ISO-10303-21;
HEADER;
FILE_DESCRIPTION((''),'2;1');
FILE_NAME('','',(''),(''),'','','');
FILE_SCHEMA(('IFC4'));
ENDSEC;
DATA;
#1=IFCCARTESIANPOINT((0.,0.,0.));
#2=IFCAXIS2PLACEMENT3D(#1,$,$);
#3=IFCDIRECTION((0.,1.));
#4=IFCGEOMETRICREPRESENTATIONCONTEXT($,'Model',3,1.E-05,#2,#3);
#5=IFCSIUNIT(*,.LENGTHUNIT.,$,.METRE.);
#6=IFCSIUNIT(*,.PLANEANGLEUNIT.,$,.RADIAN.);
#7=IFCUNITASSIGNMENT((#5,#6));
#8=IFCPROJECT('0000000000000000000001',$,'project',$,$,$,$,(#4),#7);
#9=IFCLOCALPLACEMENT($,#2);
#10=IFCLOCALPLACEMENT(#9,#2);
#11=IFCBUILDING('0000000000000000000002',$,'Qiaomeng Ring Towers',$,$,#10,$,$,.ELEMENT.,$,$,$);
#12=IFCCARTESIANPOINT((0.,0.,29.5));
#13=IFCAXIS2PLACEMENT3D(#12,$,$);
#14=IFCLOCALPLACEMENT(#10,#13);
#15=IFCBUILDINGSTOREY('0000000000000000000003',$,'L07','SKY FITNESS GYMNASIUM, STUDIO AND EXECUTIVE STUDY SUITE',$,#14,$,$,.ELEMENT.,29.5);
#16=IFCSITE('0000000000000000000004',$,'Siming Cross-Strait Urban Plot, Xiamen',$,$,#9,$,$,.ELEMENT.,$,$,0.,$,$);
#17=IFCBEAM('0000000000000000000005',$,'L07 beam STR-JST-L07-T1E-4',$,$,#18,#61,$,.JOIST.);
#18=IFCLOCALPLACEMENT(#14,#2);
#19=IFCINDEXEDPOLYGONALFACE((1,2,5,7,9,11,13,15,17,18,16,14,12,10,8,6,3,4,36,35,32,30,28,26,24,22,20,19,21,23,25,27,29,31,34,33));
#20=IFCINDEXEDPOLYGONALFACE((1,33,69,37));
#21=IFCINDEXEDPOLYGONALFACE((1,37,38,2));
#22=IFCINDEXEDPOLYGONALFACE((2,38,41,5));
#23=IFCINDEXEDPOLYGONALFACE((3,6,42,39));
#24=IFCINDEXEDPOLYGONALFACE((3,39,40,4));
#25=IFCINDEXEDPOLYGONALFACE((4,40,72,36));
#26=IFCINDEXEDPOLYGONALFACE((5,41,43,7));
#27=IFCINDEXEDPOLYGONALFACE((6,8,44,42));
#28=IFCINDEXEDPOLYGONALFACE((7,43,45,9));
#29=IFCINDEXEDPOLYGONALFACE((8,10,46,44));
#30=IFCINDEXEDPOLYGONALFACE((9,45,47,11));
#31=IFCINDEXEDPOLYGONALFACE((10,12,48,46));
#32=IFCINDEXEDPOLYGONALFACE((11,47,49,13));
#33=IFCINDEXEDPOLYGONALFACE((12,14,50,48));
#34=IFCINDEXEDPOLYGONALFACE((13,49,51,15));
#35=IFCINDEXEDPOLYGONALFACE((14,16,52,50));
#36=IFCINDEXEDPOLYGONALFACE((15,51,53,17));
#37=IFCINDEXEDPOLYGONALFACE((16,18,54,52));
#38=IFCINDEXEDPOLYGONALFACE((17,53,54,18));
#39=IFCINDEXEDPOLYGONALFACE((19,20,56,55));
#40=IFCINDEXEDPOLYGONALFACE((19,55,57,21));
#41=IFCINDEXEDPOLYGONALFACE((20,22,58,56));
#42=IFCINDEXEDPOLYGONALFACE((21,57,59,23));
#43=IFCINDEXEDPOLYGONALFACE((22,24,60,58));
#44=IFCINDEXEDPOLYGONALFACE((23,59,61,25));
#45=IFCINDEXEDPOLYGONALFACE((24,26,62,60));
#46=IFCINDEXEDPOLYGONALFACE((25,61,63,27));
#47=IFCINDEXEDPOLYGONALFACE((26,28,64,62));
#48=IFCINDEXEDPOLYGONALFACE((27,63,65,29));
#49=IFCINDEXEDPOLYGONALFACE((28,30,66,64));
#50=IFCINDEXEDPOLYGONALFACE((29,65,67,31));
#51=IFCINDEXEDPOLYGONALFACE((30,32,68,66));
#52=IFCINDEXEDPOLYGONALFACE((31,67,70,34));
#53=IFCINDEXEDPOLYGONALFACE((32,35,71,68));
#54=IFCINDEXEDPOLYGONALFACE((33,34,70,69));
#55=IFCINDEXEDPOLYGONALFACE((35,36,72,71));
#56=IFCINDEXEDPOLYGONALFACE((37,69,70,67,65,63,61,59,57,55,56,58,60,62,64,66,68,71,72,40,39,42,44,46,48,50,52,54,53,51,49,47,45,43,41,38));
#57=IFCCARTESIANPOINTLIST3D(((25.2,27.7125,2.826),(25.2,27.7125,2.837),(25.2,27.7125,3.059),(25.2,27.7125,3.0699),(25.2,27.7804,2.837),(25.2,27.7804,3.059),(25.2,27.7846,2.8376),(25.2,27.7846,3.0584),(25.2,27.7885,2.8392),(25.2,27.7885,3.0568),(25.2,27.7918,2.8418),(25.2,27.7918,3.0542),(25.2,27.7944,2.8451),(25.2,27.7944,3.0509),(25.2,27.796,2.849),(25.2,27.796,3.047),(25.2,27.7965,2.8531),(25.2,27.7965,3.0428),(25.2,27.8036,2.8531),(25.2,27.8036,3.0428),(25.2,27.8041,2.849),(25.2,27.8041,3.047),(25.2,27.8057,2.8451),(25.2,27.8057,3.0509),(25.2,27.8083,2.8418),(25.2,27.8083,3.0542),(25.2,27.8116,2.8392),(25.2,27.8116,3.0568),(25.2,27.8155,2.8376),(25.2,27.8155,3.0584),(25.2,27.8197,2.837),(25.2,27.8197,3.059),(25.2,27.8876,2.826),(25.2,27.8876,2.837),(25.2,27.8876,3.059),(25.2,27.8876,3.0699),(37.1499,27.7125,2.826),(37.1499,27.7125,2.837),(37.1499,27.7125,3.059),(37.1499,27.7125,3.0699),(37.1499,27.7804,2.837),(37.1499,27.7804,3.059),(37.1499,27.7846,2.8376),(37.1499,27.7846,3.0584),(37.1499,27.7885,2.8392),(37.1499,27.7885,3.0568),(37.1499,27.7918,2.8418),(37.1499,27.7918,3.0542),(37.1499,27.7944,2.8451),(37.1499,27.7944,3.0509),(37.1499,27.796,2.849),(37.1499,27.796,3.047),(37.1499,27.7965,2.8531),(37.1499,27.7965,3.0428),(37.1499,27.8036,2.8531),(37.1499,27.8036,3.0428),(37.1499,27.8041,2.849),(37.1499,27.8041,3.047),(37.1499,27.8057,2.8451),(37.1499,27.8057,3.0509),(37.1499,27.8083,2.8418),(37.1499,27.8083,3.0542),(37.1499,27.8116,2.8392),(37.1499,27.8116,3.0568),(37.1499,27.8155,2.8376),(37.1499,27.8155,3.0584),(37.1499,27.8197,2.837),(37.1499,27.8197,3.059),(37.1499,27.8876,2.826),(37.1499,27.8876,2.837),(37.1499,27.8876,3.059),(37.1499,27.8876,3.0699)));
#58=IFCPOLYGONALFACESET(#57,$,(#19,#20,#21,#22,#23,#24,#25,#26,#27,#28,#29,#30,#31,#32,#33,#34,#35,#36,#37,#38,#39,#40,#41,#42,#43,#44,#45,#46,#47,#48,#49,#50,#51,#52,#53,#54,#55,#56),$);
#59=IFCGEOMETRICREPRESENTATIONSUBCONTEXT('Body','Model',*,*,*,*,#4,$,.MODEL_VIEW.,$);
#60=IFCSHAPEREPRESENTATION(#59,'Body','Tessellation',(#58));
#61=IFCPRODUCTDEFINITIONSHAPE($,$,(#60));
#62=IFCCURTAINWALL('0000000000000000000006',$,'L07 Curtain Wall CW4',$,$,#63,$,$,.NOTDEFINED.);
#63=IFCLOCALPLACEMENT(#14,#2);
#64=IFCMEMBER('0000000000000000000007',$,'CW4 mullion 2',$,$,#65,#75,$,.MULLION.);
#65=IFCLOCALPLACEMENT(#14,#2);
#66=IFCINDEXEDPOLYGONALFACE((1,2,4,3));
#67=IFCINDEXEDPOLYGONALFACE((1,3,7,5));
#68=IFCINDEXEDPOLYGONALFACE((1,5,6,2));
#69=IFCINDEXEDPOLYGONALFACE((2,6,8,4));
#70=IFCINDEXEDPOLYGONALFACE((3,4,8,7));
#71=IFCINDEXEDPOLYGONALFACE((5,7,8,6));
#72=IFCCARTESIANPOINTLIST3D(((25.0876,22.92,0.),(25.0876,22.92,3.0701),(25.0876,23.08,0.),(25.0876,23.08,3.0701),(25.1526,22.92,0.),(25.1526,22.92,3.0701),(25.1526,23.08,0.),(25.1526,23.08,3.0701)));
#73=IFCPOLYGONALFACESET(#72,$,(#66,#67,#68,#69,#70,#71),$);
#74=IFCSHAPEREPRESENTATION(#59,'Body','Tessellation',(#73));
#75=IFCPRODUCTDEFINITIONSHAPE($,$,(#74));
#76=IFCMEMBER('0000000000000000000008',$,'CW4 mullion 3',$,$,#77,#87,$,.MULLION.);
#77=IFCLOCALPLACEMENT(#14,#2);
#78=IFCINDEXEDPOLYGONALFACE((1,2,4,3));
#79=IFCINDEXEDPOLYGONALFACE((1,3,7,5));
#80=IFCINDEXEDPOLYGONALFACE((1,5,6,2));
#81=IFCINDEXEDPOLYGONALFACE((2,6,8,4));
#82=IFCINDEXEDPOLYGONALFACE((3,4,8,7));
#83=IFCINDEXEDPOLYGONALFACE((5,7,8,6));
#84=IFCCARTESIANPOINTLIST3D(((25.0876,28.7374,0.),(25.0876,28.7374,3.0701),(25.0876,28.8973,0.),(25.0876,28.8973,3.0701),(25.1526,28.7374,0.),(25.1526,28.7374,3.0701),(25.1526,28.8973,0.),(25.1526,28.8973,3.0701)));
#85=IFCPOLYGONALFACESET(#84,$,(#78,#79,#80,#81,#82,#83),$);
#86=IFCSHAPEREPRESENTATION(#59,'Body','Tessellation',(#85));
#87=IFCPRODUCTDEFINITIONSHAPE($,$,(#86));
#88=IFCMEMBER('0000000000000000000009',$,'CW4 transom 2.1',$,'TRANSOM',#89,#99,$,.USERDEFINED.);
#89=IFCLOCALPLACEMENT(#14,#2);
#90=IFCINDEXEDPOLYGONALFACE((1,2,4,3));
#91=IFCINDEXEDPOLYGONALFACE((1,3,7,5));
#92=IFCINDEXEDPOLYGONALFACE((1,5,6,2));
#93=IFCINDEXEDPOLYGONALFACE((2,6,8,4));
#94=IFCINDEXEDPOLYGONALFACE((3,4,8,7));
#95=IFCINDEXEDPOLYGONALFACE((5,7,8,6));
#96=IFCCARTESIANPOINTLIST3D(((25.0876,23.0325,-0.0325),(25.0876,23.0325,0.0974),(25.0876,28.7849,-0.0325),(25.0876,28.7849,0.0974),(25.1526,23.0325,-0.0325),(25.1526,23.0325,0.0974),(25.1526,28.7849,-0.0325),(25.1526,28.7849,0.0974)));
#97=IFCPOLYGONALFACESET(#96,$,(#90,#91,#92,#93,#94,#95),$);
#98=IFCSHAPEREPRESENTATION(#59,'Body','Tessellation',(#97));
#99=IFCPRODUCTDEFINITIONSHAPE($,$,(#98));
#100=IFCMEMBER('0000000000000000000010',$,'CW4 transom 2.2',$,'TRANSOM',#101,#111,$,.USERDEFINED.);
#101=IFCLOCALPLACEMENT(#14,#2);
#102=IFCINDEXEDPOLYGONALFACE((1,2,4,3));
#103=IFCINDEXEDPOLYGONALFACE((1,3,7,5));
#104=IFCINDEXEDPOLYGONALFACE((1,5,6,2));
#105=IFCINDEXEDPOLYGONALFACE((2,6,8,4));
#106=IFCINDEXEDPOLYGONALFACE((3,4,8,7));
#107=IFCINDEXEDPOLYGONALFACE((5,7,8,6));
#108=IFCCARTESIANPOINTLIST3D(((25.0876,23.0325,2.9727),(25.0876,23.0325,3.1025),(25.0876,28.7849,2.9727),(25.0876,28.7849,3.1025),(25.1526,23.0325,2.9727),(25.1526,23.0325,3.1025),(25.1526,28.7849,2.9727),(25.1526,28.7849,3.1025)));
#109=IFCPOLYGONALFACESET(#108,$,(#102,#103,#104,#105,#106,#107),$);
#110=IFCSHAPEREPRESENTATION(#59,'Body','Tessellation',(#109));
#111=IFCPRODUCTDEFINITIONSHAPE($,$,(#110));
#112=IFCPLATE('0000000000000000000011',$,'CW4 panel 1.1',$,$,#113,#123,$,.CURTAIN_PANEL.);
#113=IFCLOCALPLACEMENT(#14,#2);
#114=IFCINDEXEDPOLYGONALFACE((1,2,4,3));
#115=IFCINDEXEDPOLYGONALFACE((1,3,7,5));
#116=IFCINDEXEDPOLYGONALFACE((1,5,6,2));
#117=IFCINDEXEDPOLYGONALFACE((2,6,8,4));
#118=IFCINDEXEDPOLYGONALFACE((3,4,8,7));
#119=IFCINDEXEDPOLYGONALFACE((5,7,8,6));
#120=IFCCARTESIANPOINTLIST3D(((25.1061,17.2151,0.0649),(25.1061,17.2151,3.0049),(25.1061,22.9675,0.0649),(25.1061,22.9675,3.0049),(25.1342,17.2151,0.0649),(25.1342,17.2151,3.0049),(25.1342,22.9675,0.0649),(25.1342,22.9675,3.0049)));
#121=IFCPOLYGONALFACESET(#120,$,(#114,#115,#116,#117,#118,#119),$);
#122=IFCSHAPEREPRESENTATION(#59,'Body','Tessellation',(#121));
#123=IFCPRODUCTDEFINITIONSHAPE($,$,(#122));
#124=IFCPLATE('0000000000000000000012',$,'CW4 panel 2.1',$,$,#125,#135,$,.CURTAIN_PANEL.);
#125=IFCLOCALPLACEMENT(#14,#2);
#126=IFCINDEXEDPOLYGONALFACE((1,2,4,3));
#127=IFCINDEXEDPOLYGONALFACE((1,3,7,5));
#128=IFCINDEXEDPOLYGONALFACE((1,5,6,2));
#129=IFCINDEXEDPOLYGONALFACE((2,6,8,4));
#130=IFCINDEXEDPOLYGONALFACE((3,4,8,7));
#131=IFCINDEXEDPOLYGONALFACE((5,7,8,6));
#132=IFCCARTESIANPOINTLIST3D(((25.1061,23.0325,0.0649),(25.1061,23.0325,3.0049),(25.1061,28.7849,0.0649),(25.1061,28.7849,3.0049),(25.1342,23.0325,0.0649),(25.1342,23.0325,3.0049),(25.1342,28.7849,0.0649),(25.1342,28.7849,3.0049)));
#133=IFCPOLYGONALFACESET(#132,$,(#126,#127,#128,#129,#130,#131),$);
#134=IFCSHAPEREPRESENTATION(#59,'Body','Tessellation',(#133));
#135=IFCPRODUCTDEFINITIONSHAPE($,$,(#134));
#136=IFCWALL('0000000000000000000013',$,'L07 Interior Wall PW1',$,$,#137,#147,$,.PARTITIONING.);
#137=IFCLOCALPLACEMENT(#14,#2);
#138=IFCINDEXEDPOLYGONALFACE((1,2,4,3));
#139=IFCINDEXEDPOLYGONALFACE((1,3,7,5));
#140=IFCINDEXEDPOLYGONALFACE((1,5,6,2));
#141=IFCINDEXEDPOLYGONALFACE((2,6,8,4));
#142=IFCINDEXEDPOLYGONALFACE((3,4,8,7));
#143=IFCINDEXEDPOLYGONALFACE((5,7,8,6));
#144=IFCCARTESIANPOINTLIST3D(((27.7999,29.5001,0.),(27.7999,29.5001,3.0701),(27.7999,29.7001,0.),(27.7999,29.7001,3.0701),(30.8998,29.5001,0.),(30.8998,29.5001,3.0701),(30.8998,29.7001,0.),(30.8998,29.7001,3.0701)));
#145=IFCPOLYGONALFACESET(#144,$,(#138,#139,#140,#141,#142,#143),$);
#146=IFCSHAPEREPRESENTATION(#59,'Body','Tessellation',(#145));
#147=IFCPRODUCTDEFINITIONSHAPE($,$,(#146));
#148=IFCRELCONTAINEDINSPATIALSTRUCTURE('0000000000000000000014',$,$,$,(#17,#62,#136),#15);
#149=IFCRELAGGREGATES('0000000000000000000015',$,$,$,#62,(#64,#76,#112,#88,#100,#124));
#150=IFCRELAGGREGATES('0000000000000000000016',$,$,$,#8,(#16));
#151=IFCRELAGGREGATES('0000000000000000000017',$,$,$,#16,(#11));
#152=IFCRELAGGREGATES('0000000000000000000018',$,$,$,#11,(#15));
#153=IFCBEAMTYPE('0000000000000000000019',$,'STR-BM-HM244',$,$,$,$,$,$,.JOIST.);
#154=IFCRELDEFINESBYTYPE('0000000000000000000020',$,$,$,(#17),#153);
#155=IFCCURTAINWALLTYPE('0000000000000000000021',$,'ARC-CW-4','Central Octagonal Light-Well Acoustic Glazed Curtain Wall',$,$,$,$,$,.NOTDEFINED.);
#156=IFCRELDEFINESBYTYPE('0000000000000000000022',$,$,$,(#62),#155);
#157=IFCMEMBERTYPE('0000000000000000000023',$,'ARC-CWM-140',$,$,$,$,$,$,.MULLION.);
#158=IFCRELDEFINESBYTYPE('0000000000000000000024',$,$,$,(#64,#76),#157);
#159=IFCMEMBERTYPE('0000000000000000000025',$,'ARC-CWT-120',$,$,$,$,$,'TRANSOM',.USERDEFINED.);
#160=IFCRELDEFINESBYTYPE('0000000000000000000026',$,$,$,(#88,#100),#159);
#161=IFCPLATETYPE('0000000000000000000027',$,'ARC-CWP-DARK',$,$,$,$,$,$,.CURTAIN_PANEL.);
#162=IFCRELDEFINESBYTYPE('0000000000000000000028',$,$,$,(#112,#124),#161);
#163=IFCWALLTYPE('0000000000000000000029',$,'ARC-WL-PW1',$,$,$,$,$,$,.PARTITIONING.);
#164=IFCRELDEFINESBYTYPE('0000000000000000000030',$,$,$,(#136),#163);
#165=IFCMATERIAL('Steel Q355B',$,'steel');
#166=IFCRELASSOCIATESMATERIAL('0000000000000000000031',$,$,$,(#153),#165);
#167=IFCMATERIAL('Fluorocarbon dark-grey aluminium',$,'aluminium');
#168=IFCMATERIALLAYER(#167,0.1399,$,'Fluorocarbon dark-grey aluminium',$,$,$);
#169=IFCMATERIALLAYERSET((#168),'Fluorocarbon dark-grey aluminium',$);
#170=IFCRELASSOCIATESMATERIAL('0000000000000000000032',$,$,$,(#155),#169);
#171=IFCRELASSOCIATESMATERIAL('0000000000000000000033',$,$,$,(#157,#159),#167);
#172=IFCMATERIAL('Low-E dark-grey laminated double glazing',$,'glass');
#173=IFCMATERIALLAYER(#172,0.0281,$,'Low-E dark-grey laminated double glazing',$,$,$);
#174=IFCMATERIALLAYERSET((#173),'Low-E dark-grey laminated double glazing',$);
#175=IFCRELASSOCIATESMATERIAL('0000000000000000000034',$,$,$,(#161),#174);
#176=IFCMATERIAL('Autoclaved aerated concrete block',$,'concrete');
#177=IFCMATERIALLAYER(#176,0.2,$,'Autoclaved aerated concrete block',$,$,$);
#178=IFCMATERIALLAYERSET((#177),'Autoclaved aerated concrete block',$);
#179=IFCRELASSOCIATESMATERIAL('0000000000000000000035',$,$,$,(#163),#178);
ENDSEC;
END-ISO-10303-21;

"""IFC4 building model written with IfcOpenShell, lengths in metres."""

from ifc_helpers import new_model, si_unit, direction, frame, frame_2d, origin, origin_2d, place, context, subcontext, project, spatial, rectangle, i_section, extrude, source, transform, mapped, material, layer, layer_set, material_profile, profile_set, type_object, element, aggregate, save


model = new_model("IFC4")

# Units and contexts
model_context = context("Model", 3, precision=1e-05, world=origin(), true_north=direction((0.0, 1.0)))
body_context = subcontext(model_context, "Body", "Model", "MODEL_VIEW")
ifc_project = project(units=[si_unit("LENGTHUNIT", "METRE"), si_unit("PLANEANGLEUNIT", "RADIAN")], contexts=[model_context])

# Site, building, storey
site_placement = place(None, origin())
site = spatial("IfcSite", under=ifc_project, at=site_placement, Name="Siming Cross-Strait Urban Plot, Xiamen", CompositionType="ELEMENT", RefElevation=0.0)
building_placement = place(site_placement, origin())
building = spatial("IfcBuilding", under=site, at=building_placement, Name="Qiaomeng Ring Towers", CompositionType="ELEMENT")
storey_placement = place(building_placement, frame((0.0, 0.0, 29.5)))
storey = spatial("IfcBuildingStorey", under=building, at=storey_placement, Name="L07", Description="SKY FITNESS GYMNASIUM, STUDIO AND EXECUTIVE STUDY SUITE", CompositionType="ELEMENT", Elevation=29.5)

# Beam
ifc_material_1 = material(Name="Steel Q355B", Category="steel")
ifc_material_profile_1 = material_profile(ifc_material_1, i_section(OverallWidth=0.175, OverallDepth=0.2439, WebThickness=0.0071, FlangeThickness=0.011, FilletRadius=0.0161, at=origin_2d()), Name="HM 244x175x7x11")
ifc_profile_set_1 = profile_set([ifc_material_profile_1], Name="Steel Q355B")
beam_type_1 = type_object("IfcBeamType", Name="STR-BM-HM244", PredefinedType="JOIST", material=ifc_profile_set_1)
shared_shape_1 = source(origin(), body_context, "Body", "SweptSolid", [
    extrude(i_section(OverallWidth=0.175, OverallDepth=0.2439, WebThickness=0.0071, FlangeThickness=0.011, FilletRadius=0.0161, at=origin_2d()), origin(), (0.0, 0.0, 1.0), 11.95),
])
for number, where, z_axis, x_axis, name in (
    (1, (25.2, 27.8, 2.948), (1.0, 0.0, 0.0), (0.0, 1.0, 0.0), "L07 beam STR-JST-L07-T1E-4"),
):
    element("IfcBeam", number, at=place(storey_placement, frame(where, z_axis=z_axis, x_axis=x_axis)), inside=storey, type_object=beam_type_1, Name=name, PredefinedType="JOIST", context=body_context, shape_type="MappedRepresentation", body=[
        mapped(shared_shape_1, transform((0.0, 0.0, 0.0), x_axis=(1.0, 0.0, 0.0), y_axis=(0.0, 1.0, 0.0), z_axis=(0.0, 0.0, 1.0), scale=1.0)),
    ])

# Curtain wall, members, plates
ifc_material_2 = material(Name="Fluorocarbon dark-grey aluminium", Category="aluminium")
ifc_layer_1 = layer(ifc_material_2, 0.1399, Name="Fluorocarbon dark-grey aluminium")
ifc_layer_set_1 = layer_set([ifc_layer_1], Name="Fluorocarbon dark-grey aluminium")
curtain_wall_type = type_object("IfcCurtainWallType", Name="ARC-CW-4", Description="Central Octagonal Light-Well Acoustic Glazed Curtain Wall", PredefinedType="NOTDEFINED", material=ifc_layer_set_1)
curtain_wall_placement = place(storey_placement, origin())
curtain_wall = element("IfcCurtainWall", 2, at=curtain_wall_placement, inside=storey, type_object=curtain_wall_type, Name="L07 Curtain Wall CW4", PredefinedType="NOTDEFINED")
ifc_material_profile_2 = material_profile(ifc_material_2, rectangle(XDim=0.0649, YDim=0.1599, at=origin_2d()), Name="ALU MULL 65x160")
ifc_profile_set_2 = profile_set([ifc_material_profile_2], Name="Fluorocarbon dark-grey aluminium")
member_type_1 = type_object("IfcMemberType", Name="ARC-CWM-140", PredefinedType="MULLION", material=ifc_profile_set_2)
shared_shape_2 = source(origin(), body_context, "Body", "SweptSolid", [
    extrude(rectangle(XDim=0.0649, YDim=0.1599, at=origin_2d()), origin(), (0.0, 0.0, 1.0), 3.0701),
])
member_1_placement = place(storey_placement, frame((25.1201, 23.0, 0.0), z_axis=(0.0, 0.0, 1.0), x_axis=(-1.0, 0.0, 0.0)))
member_1 = element("IfcMember", 3, at=member_1_placement, type_object=member_type_1, Name="CW4 mullion 2", PredefinedType="MULLION", context=body_context, shape_type="MappedRepresentation", body=[
    mapped(shared_shape_2, transform((0.0, 0.0, 0.0), x_axis=(1.0, 0.0, 0.0), y_axis=(0.0, 1.0, 0.0), z_axis=(0.0, 0.0, 1.0), scale=1.0)),
])
member_2_placement = place(storey_placement, frame((25.1201, 28.8174, 0.0), z_axis=(0.0, 0.0, 1.0), x_axis=(-1.0, 0.0, 0.0)))
member_2 = element("IfcMember", 4, at=member_2_placement, type_object=member_type_1, Name="CW4 mullion 3", PredefinedType="MULLION", context=body_context, shape_type="MappedRepresentation", body=[
    mapped(shared_shape_2, transform((0.0, 0.0, 0.0), x_axis=(1.0, 0.0, 0.0), y_axis=(0.0, 1.0, 0.0), z_axis=(0.0, 0.0, 1.0), scale=1.0)),
])
ifc_material_profile_3 = material_profile(ifc_material_2, rectangle(XDim=0.0649, YDim=0.1299, at=origin_2d()), Name="ALU TRAN 65x130")
ifc_profile_set_3 = profile_set([ifc_material_profile_3], Name="Fluorocarbon dark-grey aluminium")
member_type_2 = type_object("IfcMemberType", Name="ARC-CWT-120", ElementType="TRANSOM", PredefinedType="USERDEFINED", material=ifc_profile_set_3)
shared_shape_3 = source(origin(), body_context, "Body", "SweptSolid", [
    extrude(rectangle(XDim=0.0649, YDim=0.1299, at=origin_2d()), origin(), (0.0, 0.0, 1.0), 5.7524),
])
member_3_placement = place(storey_placement, frame((25.1201, 23.0325, 0.0325), z_axis=(0.0, 1.0, 0.0), x_axis=(-1.0, 0.0, 0.0)))
member_3 = element("IfcMember", 5, at=member_3_placement, type_object=member_type_2, Name="CW4 transom 2.1", ObjectType="TRANSOM", PredefinedType="USERDEFINED", context=body_context, shape_type="MappedRepresentation", body=[
    mapped(shared_shape_3, transform((0.0, 0.0, 0.0), x_axis=(1.0, 0.0, 0.0), y_axis=(0.0, 1.0, 0.0), z_axis=(0.0, 0.0, 1.0), scale=1.0)),
])
member_4_placement = place(storey_placement, frame((25.1201, 23.0325, 3.0376), z_axis=(0.0, 1.0, 0.0), x_axis=(-1.0, 0.0, 0.0)))
member_4 = element("IfcMember", 6, at=member_4_placement, type_object=member_type_2, Name="CW4 transom 2.2", ObjectType="TRANSOM", PredefinedType="USERDEFINED", context=body_context, shape_type="MappedRepresentation", body=[
    mapped(shared_shape_3, transform((0.0, 0.0, 0.0), x_axis=(1.0, 0.0, 0.0), y_axis=(0.0, 1.0, 0.0), z_axis=(0.0, 0.0, 1.0), scale=1.0)),
])
ifc_material_3 = material(Name="Low-E dark-grey laminated double glazing", Category="glass")
ifc_layer_2 = layer(ifc_material_3, 0.0281, Name="Low-E dark-grey laminated double glazing")
ifc_layer_set_2 = layer_set([ifc_layer_2], Name="Low-E dark-grey laminated double glazing")
plate_type = type_object("IfcPlateType", Name="ARC-CWP-DARK", PredefinedType="CURTAIN_PANEL", material=ifc_layer_set_2)
shared_shape_4 = source(origin(), body_context, "Body", "SweptSolid", [
    extrude(rectangle(XDim=5.7524, YDim=0.0281, at=origin_2d()), origin(), (0.0, 0.0, 1.0), 2.9399),
])
plate_1_placement = place(storey_placement, frame((25.1201, 20.0913, 0.0649), z_axis=(0.0, 0.0, 1.0), x_axis=(0.0, 1.0, 0.0)))
plate_1 = element("IfcPlate", 7, at=plate_1_placement, type_object=plate_type, Name="CW4 panel 1.1", PredefinedType="CURTAIN_PANEL", context=body_context, shape_type="MappedRepresentation", body=[
    mapped(shared_shape_4, transform((0.0, 0.0, 0.0), x_axis=(1.0, 0.0, 0.0), y_axis=(0.0, 1.0, 0.0), z_axis=(0.0, 0.0, 1.0), scale=1.0)),
])
plate_2_placement = place(storey_placement, frame((25.1201, 25.9087, 0.0649), z_axis=(0.0, 0.0, 1.0), x_axis=(0.0, 1.0, 0.0)))
plate_2 = element("IfcPlate", 8, at=plate_2_placement, type_object=plate_type, Name="CW4 panel 2.1", PredefinedType="CURTAIN_PANEL", context=body_context, shape_type="MappedRepresentation", body=[
    mapped(shared_shape_4, transform((0.0, 0.0, 0.0), x_axis=(1.0, 0.0, 0.0), y_axis=(0.0, 1.0, 0.0), z_axis=(0.0, 0.0, 1.0), scale=1.0)),
])
aggregate(curtain_wall, [member_1, member_2, plate_1, member_3, member_4, plate_2])

# Wall
ifc_material_4 = material(Name="Autoclaved aerated concrete block", Category="concrete")
ifc_layer_3 = layer(ifc_material_4, 0.2, Name="Autoclaved aerated concrete block")
ifc_layer_set_3 = layer_set([ifc_layer_3], Name="Autoclaved aerated concrete block")
wall_type_1 = type_object("IfcWallType", Name="ARC-WL-PW1", PredefinedType="PARTITIONING", material=ifc_layer_set_3)
wall_1_placement = place(storey_placement, frame((27.8, 29.6001, 0.0), z_axis=(0.0, 0.0, 1.0), x_axis=(1.0, 0.0, 0.0)))
element("IfcWall", 9, at=wall_1_placement, inside=storey, type_object=wall_type_1, Name="L07 Interior Wall PW1", PredefinedType="PARTITIONING", context=body_context, shape_type="SweptSolid", body=[
    extrude(rectangle(XDim=3.0999, YDim=0.2, at=frame_2d((1.5498, 0.0))), origin(), (0.0, 0.0, 1.0), 3.0701),
])

save(model, "model.ifc")
